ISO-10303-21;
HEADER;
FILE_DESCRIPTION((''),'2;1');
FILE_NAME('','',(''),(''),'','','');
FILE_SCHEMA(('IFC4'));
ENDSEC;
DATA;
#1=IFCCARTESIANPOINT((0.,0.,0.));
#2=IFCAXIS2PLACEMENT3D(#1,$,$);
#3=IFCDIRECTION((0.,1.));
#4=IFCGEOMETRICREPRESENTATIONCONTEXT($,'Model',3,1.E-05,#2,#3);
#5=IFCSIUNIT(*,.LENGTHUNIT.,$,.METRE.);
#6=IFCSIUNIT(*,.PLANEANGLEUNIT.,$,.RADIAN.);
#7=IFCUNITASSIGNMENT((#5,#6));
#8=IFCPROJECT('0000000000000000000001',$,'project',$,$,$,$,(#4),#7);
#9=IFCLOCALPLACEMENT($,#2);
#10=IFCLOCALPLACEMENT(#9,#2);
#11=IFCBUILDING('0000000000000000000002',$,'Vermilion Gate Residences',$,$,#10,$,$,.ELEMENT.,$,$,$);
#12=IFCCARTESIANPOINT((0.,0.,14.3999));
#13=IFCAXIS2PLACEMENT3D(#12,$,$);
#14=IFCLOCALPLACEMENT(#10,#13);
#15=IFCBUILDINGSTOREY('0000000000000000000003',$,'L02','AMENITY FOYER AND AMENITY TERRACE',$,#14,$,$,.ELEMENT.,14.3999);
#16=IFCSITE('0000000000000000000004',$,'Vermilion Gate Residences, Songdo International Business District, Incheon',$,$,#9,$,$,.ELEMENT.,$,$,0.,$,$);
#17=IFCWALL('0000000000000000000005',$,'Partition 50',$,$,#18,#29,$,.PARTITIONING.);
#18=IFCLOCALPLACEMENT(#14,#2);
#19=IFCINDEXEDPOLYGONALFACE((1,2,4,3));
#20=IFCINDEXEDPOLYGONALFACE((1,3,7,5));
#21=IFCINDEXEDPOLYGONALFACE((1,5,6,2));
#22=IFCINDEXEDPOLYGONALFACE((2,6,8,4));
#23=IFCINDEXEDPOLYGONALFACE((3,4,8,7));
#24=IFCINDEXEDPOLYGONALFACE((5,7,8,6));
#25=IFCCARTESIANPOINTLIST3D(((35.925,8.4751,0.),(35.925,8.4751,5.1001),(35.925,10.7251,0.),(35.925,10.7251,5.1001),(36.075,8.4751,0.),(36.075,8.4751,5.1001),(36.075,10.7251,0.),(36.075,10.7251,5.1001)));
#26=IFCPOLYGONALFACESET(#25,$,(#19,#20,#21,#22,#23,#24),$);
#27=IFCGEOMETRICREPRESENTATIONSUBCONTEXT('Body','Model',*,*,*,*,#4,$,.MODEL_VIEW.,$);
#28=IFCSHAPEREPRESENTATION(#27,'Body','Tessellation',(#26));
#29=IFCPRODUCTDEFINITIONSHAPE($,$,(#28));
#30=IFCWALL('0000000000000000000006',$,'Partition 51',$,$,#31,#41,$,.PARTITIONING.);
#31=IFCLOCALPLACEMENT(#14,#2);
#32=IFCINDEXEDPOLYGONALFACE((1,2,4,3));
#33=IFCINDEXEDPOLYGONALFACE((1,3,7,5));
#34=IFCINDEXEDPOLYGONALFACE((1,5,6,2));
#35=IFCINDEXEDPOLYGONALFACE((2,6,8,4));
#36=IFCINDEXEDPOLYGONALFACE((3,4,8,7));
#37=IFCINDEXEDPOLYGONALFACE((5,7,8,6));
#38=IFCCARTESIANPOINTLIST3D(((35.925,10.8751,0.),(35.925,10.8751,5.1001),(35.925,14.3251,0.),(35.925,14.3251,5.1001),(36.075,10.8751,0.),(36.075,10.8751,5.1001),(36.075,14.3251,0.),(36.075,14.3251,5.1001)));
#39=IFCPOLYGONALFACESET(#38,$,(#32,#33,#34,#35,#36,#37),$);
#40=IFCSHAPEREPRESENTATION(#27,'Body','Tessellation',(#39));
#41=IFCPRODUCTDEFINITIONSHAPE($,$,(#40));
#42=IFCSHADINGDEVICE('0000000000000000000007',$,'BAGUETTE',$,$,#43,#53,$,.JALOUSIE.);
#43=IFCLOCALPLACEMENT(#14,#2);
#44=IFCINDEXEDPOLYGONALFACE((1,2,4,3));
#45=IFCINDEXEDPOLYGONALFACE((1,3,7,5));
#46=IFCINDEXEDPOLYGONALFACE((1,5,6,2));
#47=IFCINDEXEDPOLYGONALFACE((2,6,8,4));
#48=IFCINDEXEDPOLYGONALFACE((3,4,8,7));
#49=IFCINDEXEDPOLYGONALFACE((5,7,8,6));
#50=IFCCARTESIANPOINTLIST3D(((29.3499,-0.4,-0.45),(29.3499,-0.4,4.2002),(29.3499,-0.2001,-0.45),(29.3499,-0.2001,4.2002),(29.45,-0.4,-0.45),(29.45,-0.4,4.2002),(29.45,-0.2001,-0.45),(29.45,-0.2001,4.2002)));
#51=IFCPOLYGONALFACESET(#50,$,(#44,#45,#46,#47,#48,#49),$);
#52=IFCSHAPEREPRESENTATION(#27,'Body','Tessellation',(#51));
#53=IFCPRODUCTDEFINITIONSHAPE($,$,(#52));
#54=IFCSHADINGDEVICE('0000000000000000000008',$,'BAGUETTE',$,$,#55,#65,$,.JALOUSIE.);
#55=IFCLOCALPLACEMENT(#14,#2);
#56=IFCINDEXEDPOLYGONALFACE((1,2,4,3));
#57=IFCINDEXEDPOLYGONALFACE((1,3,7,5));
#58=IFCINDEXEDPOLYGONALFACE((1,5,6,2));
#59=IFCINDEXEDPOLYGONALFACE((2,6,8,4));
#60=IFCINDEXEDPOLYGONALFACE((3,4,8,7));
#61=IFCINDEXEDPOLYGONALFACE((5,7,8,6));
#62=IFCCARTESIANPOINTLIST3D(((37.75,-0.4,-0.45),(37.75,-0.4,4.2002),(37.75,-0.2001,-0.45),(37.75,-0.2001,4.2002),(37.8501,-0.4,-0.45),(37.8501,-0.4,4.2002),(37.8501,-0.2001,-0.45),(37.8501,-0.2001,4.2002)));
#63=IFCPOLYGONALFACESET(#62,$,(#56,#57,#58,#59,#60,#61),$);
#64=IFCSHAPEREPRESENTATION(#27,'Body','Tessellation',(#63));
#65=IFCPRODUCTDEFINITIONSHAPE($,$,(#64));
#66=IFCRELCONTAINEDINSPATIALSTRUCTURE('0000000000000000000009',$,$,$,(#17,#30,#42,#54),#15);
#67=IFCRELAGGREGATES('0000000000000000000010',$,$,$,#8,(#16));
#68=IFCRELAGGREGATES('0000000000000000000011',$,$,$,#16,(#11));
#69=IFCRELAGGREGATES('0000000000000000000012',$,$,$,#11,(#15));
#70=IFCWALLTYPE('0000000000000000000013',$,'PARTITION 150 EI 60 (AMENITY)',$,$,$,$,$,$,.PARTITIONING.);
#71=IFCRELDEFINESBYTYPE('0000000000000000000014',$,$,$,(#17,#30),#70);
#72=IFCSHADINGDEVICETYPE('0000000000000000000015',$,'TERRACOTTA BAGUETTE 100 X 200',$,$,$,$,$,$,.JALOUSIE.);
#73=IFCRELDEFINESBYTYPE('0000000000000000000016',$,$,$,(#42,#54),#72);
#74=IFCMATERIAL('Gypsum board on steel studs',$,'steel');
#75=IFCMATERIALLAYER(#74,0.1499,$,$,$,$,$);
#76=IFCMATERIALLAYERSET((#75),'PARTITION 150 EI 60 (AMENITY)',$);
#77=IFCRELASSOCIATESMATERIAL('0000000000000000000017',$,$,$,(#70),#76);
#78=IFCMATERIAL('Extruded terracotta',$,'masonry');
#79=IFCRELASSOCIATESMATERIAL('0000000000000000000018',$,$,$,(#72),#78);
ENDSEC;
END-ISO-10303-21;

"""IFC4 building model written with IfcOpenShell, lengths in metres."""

from ifc_helpers import new_model, si_unit, direction, frame, frame_2d, origin, origin_2d, place, context, subcontext, project, spatial, rectangle, extrude, material, layer, layer_set, material_profile, profile_set, type_object, element, save


model = new_model("IFC4")

# Units and contexts
model_context = context("Model", 3, precision=1e-05, world=origin(), true_north=direction((0.0, 1.0)))
body_context = subcontext(model_context, "Body", "Model", "MODEL_VIEW")
ifc_project = project(units=[si_unit("LENGTHUNIT", "METRE"), si_unit("PLANEANGLEUNIT", "RADIAN")], contexts=[model_context])

# Site, building, storey
site_placement = place(None, origin())
site = spatial("IfcSite", under=ifc_project, at=site_placement, Name="Vermilion Gate Residences, Songdo International Business District, Incheon", CompositionType="ELEMENT", RefElevation=0.0)
building_placement = place(site_placement, origin())
building = spatial("IfcBuilding", under=site, at=building_placement, Name="Vermilion Gate Residences", CompositionType="ELEMENT")
storey_placement = place(building_placement, frame((0.0, 0.0, 14.3999)))
storey = spatial("IfcBuildingStorey", under=building, at=storey_placement, Name="L02", Description="AMENITY FOYER AND AMENITY TERRACE", CompositionType="ELEMENT", Elevation=14.3999)

# Walls
ifc_material_1 = material(Name="Gypsum board on steel studs", Category="steel")
ifc_layer_1 = layer(ifc_material_1, 0.1499)
ifc_layer_set_1 = layer_set([ifc_layer_1], Name="PARTITION 150 EI 60 (AMENITY)")
wall_type = type_object("IfcWallType", Name="PARTITION 150 EI 60 (AMENITY)", PredefinedType="PARTITIONING", material=ifc_layer_set_1)
wall_1_placement = place(storey_placement, frame((36.0, 8.4751, 0.0), z_axis=(0.0, 0.0, 1.0), x_axis=(0.0, 1.0, 0.0)))
element("IfcWall", 1, at=wall_1_placement, inside=storey, type_object=wall_type, Name="Partition 50", PredefinedType="PARTITIONING", context=body_context, shape_type="SweptSolid", body=[
    extrude(rectangle(XDim=2.25, YDim=0.1499, at=frame_2d((1.125, 0.0))), origin(), (0.0, 0.0, 1.0), 5.1001),
])
wall_2_placement = place(storey_placement, frame((36.0, 10.875, 0.0), z_axis=(0.0, 0.0, 1.0), x_axis=(0.0, 1.0, 0.0)))
element("IfcWall", 2, at=wall_2_placement, inside=storey, type_object=wall_type, Name="Partition 51", PredefinedType="PARTITIONING", context=body_context, shape_type="SweptSolid", body=[
    extrude(rectangle(XDim=3.45, YDim=0.1499, at=frame_2d((1.7251, 0.0))), origin(), (0.0, 0.0, 1.0), 5.1001),
])

# Shading devices
ifc_material_2 = material(Name="Extruded terracotta", Category="masonry")
ifc_material_profile_1 = material_profile(ifc_material_2, rectangle(XDim=0.2, YDim=0.1001, at=origin_2d()), Name="BAGUETTE 100 X 200")
ifc_profile_set_1 = profile_set([ifc_material_profile_1], Name="Extruded terracotta")
shading_device_type = type_object("IfcShadingDeviceType", Name="TERRACOTTA BAGUETTE 100 X 200", PredefinedType="JALOUSIE", material=ifc_profile_set_1)
for number, where, z_axis, x_axis, name in (
    (3, (29.3999, -0.3, -0.45), (0.0, 0.0, 1.0), (0.0, 1.0, 0.0), "BAGUETTE"),
    (4, (37.8, -0.3, -0.45), (0.0, 0.0, 1.0), (0.0, 1.0, 0.0), "BAGUETTE"),
):
    element("IfcShadingDevice", number, at=place(storey_placement, frame(where, z_axis=z_axis, x_axis=x_axis)), inside=storey, type_object=shading_device_type, Name=name, PredefinedType="JALOUSIE", context=body_context, shape_type="SweptSolid", body=[
        extrude(rectangle(XDim=0.2, YDim=0.1001, at=origin_2d()), origin(), (0.0, 0.0, 1.0), 4.6501),
    ])

save(model, "model.ifc")
